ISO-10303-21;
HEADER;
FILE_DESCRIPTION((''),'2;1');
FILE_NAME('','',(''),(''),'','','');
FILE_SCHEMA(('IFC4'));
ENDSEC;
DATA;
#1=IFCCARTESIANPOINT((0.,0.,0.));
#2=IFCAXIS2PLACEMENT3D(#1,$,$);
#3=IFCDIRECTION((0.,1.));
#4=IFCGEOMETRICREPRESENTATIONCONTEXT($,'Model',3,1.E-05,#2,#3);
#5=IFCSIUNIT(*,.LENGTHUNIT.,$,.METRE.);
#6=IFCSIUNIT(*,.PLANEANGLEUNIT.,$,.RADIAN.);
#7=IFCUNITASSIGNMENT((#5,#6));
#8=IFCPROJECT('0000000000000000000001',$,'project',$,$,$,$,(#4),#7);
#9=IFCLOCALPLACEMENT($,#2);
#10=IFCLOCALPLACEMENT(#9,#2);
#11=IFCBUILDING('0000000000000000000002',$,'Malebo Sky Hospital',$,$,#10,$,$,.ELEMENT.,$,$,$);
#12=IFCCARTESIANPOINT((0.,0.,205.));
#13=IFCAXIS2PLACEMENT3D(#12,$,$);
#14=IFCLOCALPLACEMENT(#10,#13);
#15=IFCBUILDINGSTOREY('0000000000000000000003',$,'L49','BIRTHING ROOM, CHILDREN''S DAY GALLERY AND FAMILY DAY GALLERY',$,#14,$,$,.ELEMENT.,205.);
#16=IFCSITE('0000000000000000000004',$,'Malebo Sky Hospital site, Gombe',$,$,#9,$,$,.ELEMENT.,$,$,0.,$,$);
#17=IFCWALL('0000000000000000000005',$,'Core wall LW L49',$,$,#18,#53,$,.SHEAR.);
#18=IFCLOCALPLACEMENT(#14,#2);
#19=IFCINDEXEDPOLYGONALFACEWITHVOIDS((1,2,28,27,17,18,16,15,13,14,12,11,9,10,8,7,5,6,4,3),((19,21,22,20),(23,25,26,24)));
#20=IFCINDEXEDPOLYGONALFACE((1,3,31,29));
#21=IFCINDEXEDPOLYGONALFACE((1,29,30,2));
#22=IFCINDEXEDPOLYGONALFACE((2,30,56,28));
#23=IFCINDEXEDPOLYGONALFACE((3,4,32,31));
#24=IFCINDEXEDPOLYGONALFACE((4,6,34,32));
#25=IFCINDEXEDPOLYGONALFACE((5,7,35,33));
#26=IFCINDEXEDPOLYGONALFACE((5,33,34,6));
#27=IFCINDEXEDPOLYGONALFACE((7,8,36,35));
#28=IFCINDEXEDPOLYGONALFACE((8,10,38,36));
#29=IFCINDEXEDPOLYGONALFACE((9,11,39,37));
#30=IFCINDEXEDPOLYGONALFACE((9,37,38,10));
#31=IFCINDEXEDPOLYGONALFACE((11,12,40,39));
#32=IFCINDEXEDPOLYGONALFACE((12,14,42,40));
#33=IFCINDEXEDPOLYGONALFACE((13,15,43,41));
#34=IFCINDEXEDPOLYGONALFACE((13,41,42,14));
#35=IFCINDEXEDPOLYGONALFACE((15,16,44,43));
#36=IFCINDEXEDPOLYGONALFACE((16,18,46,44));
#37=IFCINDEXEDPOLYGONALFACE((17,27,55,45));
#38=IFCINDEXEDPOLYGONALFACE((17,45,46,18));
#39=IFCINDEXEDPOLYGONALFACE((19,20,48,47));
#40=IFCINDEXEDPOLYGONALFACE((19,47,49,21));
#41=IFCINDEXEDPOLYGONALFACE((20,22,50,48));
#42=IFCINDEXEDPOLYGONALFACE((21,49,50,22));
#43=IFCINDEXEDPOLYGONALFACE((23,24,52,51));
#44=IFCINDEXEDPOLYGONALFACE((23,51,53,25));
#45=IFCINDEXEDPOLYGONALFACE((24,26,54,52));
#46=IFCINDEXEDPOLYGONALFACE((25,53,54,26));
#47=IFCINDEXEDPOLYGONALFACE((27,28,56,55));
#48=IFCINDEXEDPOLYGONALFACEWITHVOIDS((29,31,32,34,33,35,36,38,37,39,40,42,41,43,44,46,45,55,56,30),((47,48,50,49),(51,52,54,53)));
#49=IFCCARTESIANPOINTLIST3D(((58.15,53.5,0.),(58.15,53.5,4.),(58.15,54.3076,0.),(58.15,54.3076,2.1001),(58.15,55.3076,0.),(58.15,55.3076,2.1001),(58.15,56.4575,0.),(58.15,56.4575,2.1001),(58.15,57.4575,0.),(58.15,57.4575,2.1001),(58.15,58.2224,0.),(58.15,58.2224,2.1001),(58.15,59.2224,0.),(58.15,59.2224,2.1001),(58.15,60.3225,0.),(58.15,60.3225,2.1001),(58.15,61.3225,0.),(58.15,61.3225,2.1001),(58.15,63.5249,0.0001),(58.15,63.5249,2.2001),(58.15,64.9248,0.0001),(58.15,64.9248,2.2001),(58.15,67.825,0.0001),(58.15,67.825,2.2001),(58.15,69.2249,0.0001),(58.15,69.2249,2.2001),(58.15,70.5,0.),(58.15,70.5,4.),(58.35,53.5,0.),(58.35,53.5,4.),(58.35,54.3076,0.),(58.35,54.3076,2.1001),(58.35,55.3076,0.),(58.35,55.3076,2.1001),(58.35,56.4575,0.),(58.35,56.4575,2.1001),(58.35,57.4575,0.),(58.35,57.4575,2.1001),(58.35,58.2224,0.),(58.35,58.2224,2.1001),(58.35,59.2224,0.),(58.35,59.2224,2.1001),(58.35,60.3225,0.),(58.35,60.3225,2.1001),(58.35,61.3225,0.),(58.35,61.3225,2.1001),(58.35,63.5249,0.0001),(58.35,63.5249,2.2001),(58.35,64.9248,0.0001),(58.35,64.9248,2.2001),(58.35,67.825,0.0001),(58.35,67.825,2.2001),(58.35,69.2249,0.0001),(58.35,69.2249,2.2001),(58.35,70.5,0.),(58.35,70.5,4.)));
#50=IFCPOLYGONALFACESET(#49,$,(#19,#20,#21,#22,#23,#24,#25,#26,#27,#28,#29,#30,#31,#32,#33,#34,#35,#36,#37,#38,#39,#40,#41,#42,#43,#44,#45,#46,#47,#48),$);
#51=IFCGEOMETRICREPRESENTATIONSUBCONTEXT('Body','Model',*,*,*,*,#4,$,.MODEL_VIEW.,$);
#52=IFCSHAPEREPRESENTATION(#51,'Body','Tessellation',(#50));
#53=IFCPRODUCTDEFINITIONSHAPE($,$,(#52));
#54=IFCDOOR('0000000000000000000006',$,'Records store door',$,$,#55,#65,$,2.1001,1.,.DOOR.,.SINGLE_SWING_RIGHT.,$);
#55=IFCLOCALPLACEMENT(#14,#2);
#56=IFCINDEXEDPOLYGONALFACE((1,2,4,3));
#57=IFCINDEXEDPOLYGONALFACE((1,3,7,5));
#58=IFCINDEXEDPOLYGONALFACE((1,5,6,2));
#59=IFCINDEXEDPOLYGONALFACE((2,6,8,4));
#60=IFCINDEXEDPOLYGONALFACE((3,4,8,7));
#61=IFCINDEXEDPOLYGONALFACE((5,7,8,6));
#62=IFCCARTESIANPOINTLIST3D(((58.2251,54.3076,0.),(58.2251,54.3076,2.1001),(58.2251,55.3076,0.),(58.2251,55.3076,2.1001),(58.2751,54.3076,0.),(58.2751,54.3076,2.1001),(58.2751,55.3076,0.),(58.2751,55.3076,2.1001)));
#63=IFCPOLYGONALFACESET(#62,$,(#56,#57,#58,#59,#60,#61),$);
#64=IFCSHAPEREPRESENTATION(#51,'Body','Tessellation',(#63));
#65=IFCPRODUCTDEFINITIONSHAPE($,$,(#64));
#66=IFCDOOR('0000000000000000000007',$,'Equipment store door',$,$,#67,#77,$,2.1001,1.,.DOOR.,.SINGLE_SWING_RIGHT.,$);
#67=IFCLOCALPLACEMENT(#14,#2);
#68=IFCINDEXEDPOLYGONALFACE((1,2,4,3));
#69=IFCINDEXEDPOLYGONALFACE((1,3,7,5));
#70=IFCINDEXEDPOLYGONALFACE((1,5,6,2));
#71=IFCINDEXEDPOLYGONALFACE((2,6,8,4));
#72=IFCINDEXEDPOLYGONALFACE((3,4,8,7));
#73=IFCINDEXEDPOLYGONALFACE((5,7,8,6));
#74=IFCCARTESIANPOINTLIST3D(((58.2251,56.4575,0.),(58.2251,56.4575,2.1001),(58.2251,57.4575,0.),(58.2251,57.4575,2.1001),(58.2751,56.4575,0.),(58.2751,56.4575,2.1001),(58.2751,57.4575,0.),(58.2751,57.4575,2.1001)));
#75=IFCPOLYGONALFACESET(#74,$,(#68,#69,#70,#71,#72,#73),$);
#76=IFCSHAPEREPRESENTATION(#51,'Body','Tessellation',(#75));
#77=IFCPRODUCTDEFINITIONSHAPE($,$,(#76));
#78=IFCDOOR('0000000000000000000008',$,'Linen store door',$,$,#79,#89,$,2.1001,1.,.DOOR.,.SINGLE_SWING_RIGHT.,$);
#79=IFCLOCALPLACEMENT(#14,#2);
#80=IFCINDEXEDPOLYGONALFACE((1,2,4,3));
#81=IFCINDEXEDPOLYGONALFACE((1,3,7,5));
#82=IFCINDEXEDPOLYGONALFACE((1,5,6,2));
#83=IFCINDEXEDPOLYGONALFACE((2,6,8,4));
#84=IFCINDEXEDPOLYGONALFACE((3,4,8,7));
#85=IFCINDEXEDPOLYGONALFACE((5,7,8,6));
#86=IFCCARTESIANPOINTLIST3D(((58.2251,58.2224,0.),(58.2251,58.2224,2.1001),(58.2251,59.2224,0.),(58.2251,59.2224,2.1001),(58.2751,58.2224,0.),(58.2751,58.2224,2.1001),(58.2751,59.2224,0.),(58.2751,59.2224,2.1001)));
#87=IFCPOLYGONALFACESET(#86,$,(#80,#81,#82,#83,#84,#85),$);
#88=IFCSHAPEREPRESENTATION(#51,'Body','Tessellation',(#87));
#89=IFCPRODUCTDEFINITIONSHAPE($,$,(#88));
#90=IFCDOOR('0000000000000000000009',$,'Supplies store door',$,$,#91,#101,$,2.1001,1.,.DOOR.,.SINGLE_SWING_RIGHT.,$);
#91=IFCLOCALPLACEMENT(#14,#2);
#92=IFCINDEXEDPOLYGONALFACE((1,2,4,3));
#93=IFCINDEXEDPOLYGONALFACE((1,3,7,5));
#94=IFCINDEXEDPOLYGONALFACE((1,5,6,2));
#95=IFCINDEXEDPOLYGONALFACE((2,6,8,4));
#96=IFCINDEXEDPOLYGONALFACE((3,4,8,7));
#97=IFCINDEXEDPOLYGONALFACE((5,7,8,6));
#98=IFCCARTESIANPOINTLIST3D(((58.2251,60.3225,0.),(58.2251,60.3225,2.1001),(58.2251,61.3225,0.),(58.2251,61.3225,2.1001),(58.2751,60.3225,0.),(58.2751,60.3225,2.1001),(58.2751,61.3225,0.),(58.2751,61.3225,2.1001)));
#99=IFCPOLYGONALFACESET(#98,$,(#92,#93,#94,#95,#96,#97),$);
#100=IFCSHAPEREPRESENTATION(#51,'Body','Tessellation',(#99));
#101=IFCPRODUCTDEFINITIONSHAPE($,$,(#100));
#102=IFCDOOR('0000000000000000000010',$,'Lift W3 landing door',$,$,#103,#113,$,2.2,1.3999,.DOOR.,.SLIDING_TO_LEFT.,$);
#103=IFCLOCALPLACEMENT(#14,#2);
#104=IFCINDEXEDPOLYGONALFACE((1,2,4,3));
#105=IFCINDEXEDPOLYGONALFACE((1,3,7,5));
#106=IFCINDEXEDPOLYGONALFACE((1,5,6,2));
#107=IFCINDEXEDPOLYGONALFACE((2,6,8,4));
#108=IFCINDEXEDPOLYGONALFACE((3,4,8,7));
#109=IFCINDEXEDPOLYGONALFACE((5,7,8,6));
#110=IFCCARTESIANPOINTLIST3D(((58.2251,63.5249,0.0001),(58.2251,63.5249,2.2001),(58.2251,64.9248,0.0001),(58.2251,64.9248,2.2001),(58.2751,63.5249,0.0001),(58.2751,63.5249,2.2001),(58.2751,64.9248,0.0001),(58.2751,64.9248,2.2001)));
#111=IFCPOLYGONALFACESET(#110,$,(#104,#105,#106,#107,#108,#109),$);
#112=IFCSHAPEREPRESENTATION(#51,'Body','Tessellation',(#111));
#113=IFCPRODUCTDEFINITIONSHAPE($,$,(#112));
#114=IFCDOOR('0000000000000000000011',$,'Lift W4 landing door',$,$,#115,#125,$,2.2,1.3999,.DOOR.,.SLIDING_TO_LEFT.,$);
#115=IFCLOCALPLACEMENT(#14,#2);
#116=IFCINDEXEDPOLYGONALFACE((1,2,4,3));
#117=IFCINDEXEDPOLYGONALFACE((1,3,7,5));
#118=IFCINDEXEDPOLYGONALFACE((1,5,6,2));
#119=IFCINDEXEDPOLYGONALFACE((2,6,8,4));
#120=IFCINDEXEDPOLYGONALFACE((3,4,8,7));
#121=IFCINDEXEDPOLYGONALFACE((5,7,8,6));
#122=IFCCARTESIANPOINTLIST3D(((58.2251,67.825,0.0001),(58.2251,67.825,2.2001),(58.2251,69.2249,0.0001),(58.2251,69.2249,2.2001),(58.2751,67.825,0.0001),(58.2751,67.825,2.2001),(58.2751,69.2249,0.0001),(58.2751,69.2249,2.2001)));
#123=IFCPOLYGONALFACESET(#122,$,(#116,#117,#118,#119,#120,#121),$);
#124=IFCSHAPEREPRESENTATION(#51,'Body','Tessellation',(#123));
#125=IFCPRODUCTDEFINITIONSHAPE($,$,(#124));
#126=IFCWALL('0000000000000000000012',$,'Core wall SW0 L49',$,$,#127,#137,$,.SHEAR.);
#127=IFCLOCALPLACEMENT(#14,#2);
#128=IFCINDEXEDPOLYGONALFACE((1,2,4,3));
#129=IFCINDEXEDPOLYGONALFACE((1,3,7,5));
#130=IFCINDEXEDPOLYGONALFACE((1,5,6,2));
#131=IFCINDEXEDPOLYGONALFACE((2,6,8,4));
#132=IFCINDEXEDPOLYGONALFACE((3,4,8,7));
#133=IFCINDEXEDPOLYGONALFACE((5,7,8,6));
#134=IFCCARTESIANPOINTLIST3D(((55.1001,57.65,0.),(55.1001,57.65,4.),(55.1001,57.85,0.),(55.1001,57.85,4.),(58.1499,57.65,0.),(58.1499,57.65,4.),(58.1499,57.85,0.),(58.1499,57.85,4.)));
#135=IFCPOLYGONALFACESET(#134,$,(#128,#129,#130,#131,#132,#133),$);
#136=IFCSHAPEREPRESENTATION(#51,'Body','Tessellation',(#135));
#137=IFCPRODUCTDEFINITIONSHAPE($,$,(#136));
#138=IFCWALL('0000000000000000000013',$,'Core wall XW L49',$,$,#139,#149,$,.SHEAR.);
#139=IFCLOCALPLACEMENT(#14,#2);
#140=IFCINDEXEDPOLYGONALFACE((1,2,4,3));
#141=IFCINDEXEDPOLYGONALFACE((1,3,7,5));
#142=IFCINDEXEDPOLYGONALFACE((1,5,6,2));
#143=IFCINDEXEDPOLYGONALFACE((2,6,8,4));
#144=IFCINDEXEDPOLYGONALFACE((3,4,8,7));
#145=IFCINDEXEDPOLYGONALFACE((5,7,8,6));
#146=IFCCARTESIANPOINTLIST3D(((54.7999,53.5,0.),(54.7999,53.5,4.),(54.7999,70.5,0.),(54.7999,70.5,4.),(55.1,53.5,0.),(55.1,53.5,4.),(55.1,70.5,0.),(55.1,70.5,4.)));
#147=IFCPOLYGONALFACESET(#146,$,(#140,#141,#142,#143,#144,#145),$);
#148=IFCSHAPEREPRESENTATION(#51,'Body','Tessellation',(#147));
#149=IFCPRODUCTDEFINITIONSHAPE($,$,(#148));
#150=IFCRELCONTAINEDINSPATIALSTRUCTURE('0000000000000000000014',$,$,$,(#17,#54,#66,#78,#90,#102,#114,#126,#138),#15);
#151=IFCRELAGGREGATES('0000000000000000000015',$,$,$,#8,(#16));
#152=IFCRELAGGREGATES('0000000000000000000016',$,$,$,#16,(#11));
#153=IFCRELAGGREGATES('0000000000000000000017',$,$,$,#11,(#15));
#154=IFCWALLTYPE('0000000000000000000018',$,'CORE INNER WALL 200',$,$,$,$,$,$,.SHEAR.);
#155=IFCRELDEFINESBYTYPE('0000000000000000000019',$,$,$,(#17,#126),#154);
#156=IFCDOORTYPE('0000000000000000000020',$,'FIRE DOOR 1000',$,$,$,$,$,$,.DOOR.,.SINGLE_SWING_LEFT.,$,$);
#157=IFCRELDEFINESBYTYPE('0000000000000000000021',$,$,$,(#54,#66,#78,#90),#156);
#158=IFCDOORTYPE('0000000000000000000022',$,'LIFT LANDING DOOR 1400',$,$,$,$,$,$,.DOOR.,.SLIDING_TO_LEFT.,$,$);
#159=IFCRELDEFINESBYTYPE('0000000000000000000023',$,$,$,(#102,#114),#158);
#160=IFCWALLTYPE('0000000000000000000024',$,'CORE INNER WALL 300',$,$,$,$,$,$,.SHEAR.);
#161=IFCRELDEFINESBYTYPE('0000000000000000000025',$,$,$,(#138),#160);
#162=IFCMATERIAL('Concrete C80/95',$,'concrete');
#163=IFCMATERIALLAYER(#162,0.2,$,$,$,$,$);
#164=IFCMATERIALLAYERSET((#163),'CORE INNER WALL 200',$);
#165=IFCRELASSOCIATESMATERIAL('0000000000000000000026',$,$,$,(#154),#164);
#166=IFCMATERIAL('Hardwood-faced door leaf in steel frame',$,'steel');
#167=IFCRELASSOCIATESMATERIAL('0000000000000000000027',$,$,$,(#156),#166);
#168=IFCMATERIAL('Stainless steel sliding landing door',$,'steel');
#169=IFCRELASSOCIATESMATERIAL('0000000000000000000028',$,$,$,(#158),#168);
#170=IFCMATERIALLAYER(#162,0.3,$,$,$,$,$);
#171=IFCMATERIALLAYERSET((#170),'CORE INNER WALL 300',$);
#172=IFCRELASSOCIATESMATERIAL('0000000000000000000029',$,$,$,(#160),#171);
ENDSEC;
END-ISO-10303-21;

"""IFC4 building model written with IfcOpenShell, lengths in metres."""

from ifc_helpers import new_model, si_unit, direction, frame, frame_2d, origin, place, context, subcontext, project, spatial, rectangle, extrude, material, layer, layer_set, type_object, element, fill, save


model = new_model("IFC4")

# Units and contexts
model_context = context("Model", 3, precision=1e-05, world=origin(), true_north=direction((0.0, 1.0)))
body_context = subcontext(model_context, "Body", "Model", "MODEL_VIEW")
ifc_project = project(units=[si_unit("LENGTHUNIT", "METRE"), si_unit("PLANEANGLEUNIT", "RADIAN")], contexts=[model_context])

# Site, building, storey
site_placement = place(None, origin())
site = spatial("IfcSite", under=ifc_project, at=site_placement, Name="Malebo Sky Hospital site, Gombe", CompositionType="ELEMENT", RefElevation=0.0)
building_placement = place(site_placement, origin())
building = spatial("IfcBuilding", under=site, at=building_placement, Name="Malebo Sky Hospital", CompositionType="ELEMENT")
storey_placement = place(building_placement, frame((0.0, 0.0, 205.0)))
storey = spatial("IfcBuildingStorey", under=building, at=storey_placement, Name="L49", Description="BIRTHING ROOM, CHILDREN'S DAY GALLERY AND FAMILY DAY GALLERY", CompositionType="ELEMENT", Elevation=205.0)

# Wall, openings, doors
ifc_material_1 = material(Name="Concrete C80/95", Category="concrete")
ifc_layer_1 = layer(ifc_material_1, 0.2)
ifc_layer_set_1 = layer_set([ifc_layer_1], Name="CORE INNER WALL 200")
wall_type_1 = type_object("IfcWallType", Name="CORE INNER WALL 200", PredefinedType="SHEAR", material=ifc_layer_set_1)
wall_1_placement = place(storey_placement, frame((58.25, 53.5, 0.0), z_axis=(0.0, 0.0, 1.0), x_axis=(0.0, 1.0, 0.0)))
wall_1 = element("IfcWall", 1, at=wall_1_placement, inside=storey, type_object=wall_type_1, Name="Core wall LW L49", PredefinedType="SHEAR", context=body_context, shape_type="SweptSolid", body=[
    extrude(rectangle(XDim=17.0, YDim=0.2, at=frame_2d((8.5, 0.0))), origin(), (0.0, 0.0, 1.0), 4.0),
])
opening_1_placement = place(wall_1_placement, frame((0.8076, 0.0, 0.0)))
opening_1 = element("IfcOpeningElement", 2, at=opening_1_placement, cuts=wall_1, PredefinedType="OPENING", context=body_context, shape_type="SweptSolid", body=[
    extrude(rectangle(XDim=1.0, YDim=2.1001, at=frame_2d((0.5, 1.05))), frame((0.0, 0.1099, 0.0), z_axis=(0.0, -1.0, 0.0), x_axis=(1.0, 0.0, 0.0)), (0.0, 0.0, 1.0), 0.22),
])
opening_2_placement = place(wall_1_placement, frame((2.9575, 0.0, 0.0)))
opening_2 = element("IfcOpeningElement", 3, at=opening_2_placement, cuts=wall_1, PredefinedType="OPENING", context=body_context, shape_type="SweptSolid", body=[
    extrude(rectangle(XDim=1.0, YDim=2.1001, at=frame_2d((0.5, 1.05))), frame((0.0, 0.1099, 0.0), z_axis=(0.0, -1.0, 0.0), x_axis=(1.0, 0.0, 0.0)), (0.0, 0.0, 1.0), 0.22),
])
opening_3_placement = place(wall_1_placement, frame((4.7224, 0.0, 0.0)))
opening_3 = element("IfcOpeningElement", 4, at=opening_3_placement, cuts=wall_1, PredefinedType="OPENING", context=body_context, shape_type="SweptSolid", body=[
    extrude(rectangle(XDim=1.0, YDim=2.1001, at=frame_2d((0.5, 1.05))), frame((0.0, 0.1099, 0.0), z_axis=(0.0, -1.0, 0.0), x_axis=(1.0, 0.0, 0.0)), (0.0, 0.0, 1.0), 0.22),
])
opening_4_placement = place(wall_1_placement, frame((6.8225, 0.0, 0.0)))
opening_4 = element("IfcOpeningElement", 5, at=opening_4_placement, cuts=wall_1, PredefinedType="OPENING", context=body_context, shape_type="SweptSolid", body=[
    extrude(rectangle(XDim=1.0, YDim=2.1001, at=frame_2d((0.5, 1.05))), frame((0.0, 0.1099, 0.0), z_axis=(0.0, -1.0, 0.0), x_axis=(1.0, 0.0, 0.0)), (0.0, 0.0, 1.0), 0.22),
])
opening_5_placement = place(wall_1_placement, frame((10.0249, 0.0, 0.0)))
opening_5 = element("IfcOpeningElement", 6, at=opening_5_placement, cuts=wall_1, PredefinedType="OPENING", context=body_context, shape_type="SweptSolid", body=[
    extrude(rectangle(XDim=1.3999, YDim=2.2, at=frame_2d((0.7, 1.1001))), frame((0.0, 0.1099, 0.0), z_axis=(0.0, -1.0, 0.0), x_axis=(1.0, 0.0, 0.0)), (0.0, 0.0, 1.0), 0.22),
])
opening_6_placement = place(wall_1_placement, frame((14.325, 0.0, 0.0)))
opening_6 = element("IfcOpeningElement", 7, at=opening_6_placement, cuts=wall_1, PredefinedType="OPENING", context=body_context, shape_type="SweptSolid", body=[
    extrude(rectangle(XDim=1.3999, YDim=2.2, at=frame_2d((0.7, 1.1001))), frame((0.0, 0.1099, 0.0), z_axis=(0.0, -1.0, 0.0), x_axis=(1.0, 0.0, 0.0)), (0.0, 0.0, 1.0), 0.22),
])
ifc_material_2 = material(Name="Hardwood-faced door leaf in steel frame", Category="steel")
door_type_1 = type_object("IfcDoorType", Name="FIRE DOOR 1000", OperationType="SINGLE_SWING_LEFT", PredefinedType="DOOR", material=ifc_material_2)
door_1_placement = place(opening_1_placement, origin())
door_1 = element("IfcDoor", 8, at=door_1_placement, inside=storey, type_object=door_type_1, Name="Records store door", OperationType="SINGLE_SWING_RIGHT", OverallHeight=2.1001, OverallWidth=1.0, PredefinedType="DOOR", context=body_context, shape_type="SweptSolid", body=[
    extrude(rectangle(XDim=1.0, YDim=2.1001, at=frame_2d((0.5, 1.05))), frame((0.0, 0.0249, 0.0), z_axis=(0.0, -1.0, 0.0), x_axis=(1.0, 0.0, 0.0)), (0.0, 0.0, 1.0), 0.05),
])
fill(opening_1, door_1)
door_2_placement = place(opening_2_placement, origin())
door_2 = element("IfcDoor", 9, at=door_2_placement, inside=storey, type_object=door_type_1, Name="Equipment store door", OperationType="SINGLE_SWING_RIGHT", OverallHeight=2.1001, OverallWidth=1.0, PredefinedType="DOOR", context=body_context, shape_type="SweptSolid", body=[
    extrude(rectangle(XDim=1.0, YDim=2.1001, at=frame_2d((0.5, 1.05))), frame((0.0, 0.0249, 0.0), z_axis=(0.0, -1.0, 0.0), x_axis=(1.0, 0.0, 0.0)), (0.0, 0.0, 1.0), 0.05),
])
fill(opening_2, door_2)
door_3_placement = place(opening_3_placement, origin())
door_3 = element("IfcDoor", 10, at=door_3_placement, inside=storey, type_object=door_type_1, Name="Linen store door", OperationType="SINGLE_SWING_RIGHT", OverallHeight=2.1001, OverallWidth=1.0, PredefinedType="DOOR", context=body_context, shape_type="SweptSolid", body=[
    extrude(rectangle(XDim=1.0, YDim=2.1001, at=frame_2d((0.5, 1.05))), frame((0.0, 0.0249, 0.0), z_axis=(0.0, -1.0, 0.0), x_axis=(1.0, 0.0, 0.0)), (0.0, 0.0, 1.0), 0.05),
])
fill(opening_3, door_3)
door_4_placement = place(opening_4_placement, origin())
door_4 = element("IfcDoor", 11, at=door_4_placement, inside=storey, type_object=door_type_1, Name="Supplies store door", OperationType="SINGLE_SWING_RIGHT", OverallHeight=2.1001, OverallWidth=1.0, PredefinedType="DOOR", context=body_context, shape_type="SweptSolid", body=[
    extrude(rectangle(XDim=1.0, YDim=2.1001, at=frame_2d((0.5, 1.05))), frame((0.0, 0.0249, 0.0), z_axis=(0.0, -1.0, 0.0), x_axis=(1.0, 0.0, 0.0)), (0.0, 0.0, 1.0), 0.05),
])
fill(opening_4, door_4)
ifc_material_3 = material(Name="Stainless steel sliding landing door", Category="steel")
door_type_2 = type_object("IfcDoorType", Name="LIFT LANDING DOOR 1400", OperationType="SLIDING_TO_LEFT", PredefinedType="DOOR", material=ifc_material_3)
door_5_placement = place(opening_5_placement, origin())
door_5 = element("IfcDoor", 12, at=door_5_placement, inside=storey, type_object=door_type_2, Name="Lift W3 landing door", OperationType="SLIDING_TO_LEFT", OverallHeight=2.2, OverallWidth=1.3999, PredefinedType="DOOR", context=body_context, shape_type="SweptSolid", body=[
    extrude(rectangle(XDim=1.3999, YDim=2.2, at=frame_2d((0.7, 1.1001))), frame((0.0, 0.0249, 0.0), z_axis=(0.0, -1.0, 0.0), x_axis=(1.0, 0.0, 0.0)), (0.0, 0.0, 1.0), 0.05),
])
fill(opening_5, door_5)
door_6_placement = place(opening_6_placement, origin())
door_6 = element("IfcDoor", 13, at=door_6_placement, inside=storey, type_object=door_type_2, Name="Lift W4 landing door", OperationType="SLIDING_TO_LEFT", OverallHeight=2.2, OverallWidth=1.3999, PredefinedType="DOOR", context=body_context, shape_type="SweptSolid", body=[
    extrude(rectangle(XDim=1.3999, YDim=2.2, at=frame_2d((0.7, 1.1001))), frame((0.0, 0.0249, 0.0), z_axis=(0.0, -1.0, 0.0), x_axis=(1.0, 0.0, 0.0)), (0.0, 0.0, 1.0), 0.05),
])
fill(opening_6, door_6)

# Walls
wall_2_placement = place(storey_placement, frame((55.1001, 57.75, 0.0), z_axis=(0.0, 0.0, 1.0), x_axis=(1.0, 0.0, 0.0)))
element("IfcWall", 14, at=wall_2_placement, inside=storey, type_object=wall_type_1, Name="Core wall SW0 L49", PredefinedType="SHEAR", context=body_context, shape_type="SweptSolid", body=[
    extrude(rectangle(XDim=3.0498, YDim=0.2, at=frame_2d((1.5249, 0.0))), origin(), (0.0, 0.0, 1.0), 4.0),
])
ifc_layer_2 = layer(ifc_material_1, 0.3)
ifc_layer_set_2 = layer_set([ifc_layer_2], Name="CORE INNER WALL 300")
wall_type_2 = type_object("IfcWallType", Name="CORE INNER WALL 300", PredefinedType="SHEAR", material=ifc_layer_set_2)
wall_3_placement = place(storey_placement, frame((54.95, 53.5, 0.0), z_axis=(0.0, 0.0, 1.0), x_axis=(0.0, 1.0, 0.0)))
element("IfcWall", 15, at=wall_3_placement, inside=storey, type_object=wall_type_2, Name="Core wall XW L49", PredefinedType="SHEAR", context=body_context, shape_type="SweptSolid", body=[
    extrude(rectangle(XDim=17.0, YDim=0.3, at=frame_2d((8.5, 0.0))), origin(), (0.0, 0.0, 1.0), 4.0),
])

save(model, "model.ifc")
